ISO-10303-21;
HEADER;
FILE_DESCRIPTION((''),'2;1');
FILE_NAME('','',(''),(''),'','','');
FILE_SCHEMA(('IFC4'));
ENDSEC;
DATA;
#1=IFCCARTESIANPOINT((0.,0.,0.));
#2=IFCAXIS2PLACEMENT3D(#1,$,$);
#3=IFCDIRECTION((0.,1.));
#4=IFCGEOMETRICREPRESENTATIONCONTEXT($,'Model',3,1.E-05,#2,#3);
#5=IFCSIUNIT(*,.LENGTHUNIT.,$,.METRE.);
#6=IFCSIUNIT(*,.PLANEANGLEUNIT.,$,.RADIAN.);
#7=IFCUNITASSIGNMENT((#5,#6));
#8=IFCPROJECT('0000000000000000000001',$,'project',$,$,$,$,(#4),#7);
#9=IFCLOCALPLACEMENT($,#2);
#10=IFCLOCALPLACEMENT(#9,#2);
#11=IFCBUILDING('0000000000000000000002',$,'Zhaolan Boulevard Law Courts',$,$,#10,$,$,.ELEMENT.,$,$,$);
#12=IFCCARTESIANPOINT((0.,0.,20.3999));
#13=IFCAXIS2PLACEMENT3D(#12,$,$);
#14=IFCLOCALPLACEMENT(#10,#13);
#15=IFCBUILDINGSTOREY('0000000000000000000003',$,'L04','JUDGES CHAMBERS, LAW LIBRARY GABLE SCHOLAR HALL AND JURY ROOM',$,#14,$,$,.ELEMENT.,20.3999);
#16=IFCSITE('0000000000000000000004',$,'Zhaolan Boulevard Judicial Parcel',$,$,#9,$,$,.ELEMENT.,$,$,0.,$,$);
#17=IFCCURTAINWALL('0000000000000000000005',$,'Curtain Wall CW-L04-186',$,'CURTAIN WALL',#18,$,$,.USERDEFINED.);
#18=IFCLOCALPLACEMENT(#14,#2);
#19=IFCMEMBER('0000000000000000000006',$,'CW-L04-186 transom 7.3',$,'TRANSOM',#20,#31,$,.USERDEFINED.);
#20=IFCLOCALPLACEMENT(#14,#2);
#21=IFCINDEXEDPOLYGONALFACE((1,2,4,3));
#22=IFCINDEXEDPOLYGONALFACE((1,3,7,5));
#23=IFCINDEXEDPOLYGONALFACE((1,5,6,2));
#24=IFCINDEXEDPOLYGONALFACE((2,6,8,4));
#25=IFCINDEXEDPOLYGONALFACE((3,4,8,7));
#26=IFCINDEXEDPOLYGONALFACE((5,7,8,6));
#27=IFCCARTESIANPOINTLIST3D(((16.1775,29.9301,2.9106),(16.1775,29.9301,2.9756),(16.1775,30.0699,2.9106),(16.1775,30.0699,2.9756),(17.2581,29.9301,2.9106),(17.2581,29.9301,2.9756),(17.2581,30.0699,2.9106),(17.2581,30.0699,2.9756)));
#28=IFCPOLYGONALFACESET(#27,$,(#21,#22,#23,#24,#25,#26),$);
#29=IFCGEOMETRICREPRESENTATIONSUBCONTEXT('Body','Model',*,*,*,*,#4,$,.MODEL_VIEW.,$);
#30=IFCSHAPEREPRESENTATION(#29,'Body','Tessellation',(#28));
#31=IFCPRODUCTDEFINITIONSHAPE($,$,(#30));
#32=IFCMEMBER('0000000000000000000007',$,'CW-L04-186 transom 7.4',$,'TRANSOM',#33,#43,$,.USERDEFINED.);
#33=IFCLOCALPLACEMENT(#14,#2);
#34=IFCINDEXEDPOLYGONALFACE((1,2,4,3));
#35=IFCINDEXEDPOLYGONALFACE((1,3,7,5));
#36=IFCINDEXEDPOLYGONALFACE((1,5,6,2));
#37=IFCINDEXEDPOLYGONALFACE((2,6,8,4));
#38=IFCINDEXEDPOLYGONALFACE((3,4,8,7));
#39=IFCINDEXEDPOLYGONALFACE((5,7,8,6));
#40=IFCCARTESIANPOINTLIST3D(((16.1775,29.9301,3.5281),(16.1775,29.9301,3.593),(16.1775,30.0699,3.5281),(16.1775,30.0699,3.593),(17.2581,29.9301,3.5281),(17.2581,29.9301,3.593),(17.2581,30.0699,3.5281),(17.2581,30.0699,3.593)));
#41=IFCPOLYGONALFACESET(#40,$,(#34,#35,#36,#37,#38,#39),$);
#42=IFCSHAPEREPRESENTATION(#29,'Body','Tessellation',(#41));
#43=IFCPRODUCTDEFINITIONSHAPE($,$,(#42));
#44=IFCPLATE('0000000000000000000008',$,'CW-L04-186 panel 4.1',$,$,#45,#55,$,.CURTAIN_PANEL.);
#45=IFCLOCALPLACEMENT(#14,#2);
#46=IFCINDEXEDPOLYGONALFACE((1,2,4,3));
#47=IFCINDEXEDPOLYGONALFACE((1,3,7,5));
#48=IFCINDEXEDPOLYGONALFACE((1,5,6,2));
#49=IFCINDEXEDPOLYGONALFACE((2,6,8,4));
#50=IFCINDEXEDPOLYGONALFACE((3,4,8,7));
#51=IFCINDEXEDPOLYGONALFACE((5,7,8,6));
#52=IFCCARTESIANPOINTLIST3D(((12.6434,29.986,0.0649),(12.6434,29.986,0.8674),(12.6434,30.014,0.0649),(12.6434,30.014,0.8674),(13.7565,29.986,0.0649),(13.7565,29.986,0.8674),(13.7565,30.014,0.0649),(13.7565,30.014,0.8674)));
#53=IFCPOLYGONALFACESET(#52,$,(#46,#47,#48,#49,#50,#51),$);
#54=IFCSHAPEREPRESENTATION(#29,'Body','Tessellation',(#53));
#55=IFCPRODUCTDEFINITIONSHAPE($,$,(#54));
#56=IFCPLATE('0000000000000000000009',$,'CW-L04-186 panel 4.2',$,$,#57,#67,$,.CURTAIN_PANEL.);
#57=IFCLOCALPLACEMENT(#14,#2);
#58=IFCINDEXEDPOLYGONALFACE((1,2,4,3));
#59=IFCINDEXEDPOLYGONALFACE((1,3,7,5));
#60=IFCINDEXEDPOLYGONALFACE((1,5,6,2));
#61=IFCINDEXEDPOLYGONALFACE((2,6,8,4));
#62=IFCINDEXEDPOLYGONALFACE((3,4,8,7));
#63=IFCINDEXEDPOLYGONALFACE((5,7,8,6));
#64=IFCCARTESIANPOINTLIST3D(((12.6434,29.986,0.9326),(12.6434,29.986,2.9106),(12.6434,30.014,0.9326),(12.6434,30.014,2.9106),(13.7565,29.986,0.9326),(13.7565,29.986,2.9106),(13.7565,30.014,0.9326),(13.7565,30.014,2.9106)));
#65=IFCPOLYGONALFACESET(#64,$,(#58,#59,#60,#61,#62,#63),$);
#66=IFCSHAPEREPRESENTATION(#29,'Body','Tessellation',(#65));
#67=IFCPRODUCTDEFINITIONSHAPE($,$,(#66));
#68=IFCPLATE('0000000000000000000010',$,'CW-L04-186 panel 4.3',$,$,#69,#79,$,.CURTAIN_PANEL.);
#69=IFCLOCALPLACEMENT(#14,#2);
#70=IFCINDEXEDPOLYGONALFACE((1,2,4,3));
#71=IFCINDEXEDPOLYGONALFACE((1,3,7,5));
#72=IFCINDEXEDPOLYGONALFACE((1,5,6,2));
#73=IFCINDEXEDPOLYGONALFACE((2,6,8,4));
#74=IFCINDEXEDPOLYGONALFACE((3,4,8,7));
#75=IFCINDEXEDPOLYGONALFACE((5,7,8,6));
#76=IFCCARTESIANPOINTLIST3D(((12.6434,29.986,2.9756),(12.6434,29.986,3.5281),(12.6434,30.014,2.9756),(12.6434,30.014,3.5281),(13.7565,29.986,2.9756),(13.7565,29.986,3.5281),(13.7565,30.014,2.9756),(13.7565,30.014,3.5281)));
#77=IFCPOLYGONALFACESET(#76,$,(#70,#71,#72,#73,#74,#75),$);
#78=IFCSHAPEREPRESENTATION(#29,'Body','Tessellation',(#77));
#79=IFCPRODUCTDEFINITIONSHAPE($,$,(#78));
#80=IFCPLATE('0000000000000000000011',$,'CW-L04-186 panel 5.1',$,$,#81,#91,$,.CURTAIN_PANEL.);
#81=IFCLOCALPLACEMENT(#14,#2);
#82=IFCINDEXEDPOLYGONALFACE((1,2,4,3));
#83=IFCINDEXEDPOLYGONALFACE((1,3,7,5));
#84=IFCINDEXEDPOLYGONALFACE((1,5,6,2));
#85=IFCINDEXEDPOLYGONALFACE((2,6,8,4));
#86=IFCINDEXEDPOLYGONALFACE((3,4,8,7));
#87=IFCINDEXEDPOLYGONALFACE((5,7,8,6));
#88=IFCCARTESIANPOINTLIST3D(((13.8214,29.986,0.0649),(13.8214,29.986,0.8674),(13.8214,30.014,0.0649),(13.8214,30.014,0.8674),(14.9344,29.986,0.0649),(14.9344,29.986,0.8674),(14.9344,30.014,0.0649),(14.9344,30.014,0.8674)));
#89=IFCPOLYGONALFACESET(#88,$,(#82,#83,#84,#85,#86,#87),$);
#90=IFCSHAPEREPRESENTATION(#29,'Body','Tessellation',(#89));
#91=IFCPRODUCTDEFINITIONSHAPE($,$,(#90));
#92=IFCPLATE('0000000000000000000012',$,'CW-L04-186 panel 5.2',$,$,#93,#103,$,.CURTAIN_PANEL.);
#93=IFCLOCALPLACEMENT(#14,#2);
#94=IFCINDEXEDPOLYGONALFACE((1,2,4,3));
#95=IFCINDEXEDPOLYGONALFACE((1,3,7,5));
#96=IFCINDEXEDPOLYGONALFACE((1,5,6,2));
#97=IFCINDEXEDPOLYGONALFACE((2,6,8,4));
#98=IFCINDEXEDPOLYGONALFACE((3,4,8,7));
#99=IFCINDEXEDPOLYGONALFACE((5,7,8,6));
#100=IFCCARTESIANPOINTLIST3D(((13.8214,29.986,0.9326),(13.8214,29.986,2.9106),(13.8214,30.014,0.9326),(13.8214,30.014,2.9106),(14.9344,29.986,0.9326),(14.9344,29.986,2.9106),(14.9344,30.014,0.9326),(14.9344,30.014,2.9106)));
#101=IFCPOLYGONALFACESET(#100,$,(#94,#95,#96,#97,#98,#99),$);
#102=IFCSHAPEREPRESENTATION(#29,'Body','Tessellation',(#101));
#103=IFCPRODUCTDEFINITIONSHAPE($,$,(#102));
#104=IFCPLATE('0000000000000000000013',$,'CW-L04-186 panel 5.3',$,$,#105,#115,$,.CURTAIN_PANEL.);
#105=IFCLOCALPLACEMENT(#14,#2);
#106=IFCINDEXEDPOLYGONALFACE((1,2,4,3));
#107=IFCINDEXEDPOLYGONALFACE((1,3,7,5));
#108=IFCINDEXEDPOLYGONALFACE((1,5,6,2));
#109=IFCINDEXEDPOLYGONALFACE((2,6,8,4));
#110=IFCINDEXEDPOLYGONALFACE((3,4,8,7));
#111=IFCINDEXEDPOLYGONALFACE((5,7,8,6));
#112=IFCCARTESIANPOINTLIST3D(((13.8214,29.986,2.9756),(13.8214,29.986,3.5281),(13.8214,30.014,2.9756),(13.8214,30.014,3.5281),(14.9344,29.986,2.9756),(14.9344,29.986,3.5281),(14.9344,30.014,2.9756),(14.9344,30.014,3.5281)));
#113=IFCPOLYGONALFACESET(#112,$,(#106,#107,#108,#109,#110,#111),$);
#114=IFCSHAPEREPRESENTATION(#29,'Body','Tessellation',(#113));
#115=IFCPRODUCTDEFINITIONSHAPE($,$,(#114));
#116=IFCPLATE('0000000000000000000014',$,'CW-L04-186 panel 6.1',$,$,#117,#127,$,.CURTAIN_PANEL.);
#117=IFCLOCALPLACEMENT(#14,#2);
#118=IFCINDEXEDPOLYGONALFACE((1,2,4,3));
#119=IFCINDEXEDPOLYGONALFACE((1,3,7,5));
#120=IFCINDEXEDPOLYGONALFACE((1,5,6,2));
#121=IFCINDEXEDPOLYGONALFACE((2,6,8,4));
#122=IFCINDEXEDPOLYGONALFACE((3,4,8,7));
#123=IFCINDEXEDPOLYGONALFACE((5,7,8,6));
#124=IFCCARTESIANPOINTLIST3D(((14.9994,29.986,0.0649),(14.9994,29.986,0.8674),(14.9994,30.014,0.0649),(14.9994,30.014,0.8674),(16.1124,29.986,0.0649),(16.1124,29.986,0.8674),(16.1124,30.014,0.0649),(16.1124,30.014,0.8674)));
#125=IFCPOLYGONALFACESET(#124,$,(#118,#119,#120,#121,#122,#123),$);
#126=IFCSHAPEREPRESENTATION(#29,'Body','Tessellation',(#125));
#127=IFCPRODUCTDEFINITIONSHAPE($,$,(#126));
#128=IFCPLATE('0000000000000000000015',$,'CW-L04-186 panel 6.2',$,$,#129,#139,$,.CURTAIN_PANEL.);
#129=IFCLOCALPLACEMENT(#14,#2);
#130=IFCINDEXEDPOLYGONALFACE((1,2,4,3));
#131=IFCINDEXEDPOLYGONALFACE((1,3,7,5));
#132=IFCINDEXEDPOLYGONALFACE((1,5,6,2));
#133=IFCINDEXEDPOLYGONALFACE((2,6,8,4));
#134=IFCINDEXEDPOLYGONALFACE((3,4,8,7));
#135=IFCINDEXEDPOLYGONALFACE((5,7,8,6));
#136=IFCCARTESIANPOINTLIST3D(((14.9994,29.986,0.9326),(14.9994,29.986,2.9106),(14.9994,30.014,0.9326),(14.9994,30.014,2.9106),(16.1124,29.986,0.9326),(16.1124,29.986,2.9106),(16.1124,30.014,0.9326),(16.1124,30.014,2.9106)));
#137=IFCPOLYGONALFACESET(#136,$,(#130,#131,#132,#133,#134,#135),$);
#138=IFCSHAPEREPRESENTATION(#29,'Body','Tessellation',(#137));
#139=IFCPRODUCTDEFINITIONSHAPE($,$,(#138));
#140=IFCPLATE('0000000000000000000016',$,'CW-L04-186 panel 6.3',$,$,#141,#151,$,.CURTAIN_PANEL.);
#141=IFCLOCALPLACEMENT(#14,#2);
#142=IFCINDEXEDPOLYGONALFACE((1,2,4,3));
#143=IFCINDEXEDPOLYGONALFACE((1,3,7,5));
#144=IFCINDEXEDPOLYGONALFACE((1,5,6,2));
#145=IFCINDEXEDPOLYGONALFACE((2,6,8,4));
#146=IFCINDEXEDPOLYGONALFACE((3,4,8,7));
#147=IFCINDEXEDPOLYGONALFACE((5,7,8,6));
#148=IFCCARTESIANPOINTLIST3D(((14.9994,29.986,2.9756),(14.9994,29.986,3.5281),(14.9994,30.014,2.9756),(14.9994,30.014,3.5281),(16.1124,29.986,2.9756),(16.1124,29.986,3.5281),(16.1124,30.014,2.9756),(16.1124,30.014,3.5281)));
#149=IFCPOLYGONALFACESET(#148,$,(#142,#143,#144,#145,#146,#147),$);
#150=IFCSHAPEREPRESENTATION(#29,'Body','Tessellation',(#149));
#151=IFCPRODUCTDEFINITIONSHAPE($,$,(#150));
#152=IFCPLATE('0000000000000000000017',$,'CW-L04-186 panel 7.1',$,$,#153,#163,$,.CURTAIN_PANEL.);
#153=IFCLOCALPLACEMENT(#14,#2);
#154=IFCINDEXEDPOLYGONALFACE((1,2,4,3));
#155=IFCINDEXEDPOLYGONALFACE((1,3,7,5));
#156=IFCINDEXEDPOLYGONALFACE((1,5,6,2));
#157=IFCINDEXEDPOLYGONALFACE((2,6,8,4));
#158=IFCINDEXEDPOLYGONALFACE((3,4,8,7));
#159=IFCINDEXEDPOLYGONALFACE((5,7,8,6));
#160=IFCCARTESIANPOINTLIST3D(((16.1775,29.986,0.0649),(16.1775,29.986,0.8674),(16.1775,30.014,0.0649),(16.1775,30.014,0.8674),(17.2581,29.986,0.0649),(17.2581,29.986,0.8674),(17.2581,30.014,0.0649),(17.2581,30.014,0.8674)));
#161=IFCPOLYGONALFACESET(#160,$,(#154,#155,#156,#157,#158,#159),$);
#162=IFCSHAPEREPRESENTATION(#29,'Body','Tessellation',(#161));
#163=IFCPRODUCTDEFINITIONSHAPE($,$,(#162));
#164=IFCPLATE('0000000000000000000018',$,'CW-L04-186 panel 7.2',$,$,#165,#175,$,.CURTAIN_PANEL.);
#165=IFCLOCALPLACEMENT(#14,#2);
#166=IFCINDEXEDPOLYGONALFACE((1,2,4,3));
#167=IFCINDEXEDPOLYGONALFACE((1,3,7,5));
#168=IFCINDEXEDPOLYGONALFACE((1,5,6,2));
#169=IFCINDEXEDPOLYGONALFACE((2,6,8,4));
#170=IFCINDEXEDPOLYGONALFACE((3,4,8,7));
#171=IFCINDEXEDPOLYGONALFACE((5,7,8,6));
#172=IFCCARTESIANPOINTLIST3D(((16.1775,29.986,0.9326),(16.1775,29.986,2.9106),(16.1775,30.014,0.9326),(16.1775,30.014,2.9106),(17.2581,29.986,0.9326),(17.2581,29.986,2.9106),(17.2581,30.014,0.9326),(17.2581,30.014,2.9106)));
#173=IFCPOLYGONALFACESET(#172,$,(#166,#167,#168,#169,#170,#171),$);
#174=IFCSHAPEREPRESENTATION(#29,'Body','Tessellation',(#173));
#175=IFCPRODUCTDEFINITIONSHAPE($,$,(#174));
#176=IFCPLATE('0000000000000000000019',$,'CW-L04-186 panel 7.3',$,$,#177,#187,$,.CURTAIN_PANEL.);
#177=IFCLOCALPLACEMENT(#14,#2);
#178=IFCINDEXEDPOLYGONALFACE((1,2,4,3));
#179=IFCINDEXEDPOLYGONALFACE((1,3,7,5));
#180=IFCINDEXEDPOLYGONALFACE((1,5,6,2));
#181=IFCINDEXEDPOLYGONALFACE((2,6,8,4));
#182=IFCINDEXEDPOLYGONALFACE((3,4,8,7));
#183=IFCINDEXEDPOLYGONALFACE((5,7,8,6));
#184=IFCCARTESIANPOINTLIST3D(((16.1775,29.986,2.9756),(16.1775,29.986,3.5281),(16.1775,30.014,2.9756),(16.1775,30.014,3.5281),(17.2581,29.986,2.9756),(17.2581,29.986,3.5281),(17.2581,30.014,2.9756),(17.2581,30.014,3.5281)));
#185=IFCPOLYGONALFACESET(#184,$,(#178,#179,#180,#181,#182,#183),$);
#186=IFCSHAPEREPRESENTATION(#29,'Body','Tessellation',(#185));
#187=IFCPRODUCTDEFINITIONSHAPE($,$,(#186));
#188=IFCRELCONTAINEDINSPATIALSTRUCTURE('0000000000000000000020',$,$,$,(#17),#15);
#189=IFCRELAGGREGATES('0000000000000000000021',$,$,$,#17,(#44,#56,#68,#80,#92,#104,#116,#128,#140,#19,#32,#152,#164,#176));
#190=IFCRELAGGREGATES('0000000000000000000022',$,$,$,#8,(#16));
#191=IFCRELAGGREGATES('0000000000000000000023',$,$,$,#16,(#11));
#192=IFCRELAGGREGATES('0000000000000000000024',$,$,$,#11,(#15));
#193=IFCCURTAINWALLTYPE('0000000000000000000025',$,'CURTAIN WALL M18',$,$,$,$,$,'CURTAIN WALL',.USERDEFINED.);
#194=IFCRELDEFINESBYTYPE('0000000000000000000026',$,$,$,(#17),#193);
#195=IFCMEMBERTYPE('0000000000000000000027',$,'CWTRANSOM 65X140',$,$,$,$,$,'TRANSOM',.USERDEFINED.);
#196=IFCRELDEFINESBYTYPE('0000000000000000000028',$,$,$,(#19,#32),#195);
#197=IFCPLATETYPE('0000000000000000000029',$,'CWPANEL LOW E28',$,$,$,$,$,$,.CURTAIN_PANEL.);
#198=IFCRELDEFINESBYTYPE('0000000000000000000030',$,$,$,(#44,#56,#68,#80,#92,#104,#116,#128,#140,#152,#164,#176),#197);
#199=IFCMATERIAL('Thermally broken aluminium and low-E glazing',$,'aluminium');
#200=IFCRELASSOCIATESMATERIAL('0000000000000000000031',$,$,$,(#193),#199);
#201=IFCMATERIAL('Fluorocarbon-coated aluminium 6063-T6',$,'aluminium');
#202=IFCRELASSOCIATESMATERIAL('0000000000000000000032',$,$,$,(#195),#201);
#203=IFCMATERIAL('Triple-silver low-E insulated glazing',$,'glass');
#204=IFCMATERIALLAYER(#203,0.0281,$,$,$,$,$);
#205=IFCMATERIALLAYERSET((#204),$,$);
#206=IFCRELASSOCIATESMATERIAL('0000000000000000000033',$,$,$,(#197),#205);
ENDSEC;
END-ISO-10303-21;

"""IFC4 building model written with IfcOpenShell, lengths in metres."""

from ifc_helpers import new_model, si_unit, direction, frame, origin, origin_2d, place, context, subcontext, project, spatial, rectangle, extrude, material, layer, layer_set, material_profile, profile_set, type_object, element, aggregate, save


model = new_model("IFC4")

# Units and contexts
model_context = context("Model", 3, precision=1e-05, world=origin(), true_north=direction((0.0, 1.0)))
body_context = subcontext(model_context, "Body", "Model", "MODEL_VIEW")
ifc_project = project(units=[si_unit("LENGTHUNIT", "METRE"), si_unit("PLANEANGLEUNIT", "RADIAN")], contexts=[model_context])

# Site, building, storey
site_placement = place(None, origin())
site = spatial("IfcSite", under=ifc_project, at=site_placement, Name="Zhaolan Boulevard Judicial Parcel", CompositionType="ELEMENT", RefElevation=0.0)
building_placement = place(site_placement, origin())
building = spatial("IfcBuilding", under=site, at=building_placement, Name="Zhaolan Boulevard Law Courts", CompositionType="ELEMENT")
storey_placement = place(building_placement, frame((0.0, 0.0, 20.3999)))
storey = spatial("IfcBuildingStorey", under=building, at=storey_placement, Name="L04", Description="JUDGES CHAMBERS, LAW LIBRARY GABLE SCHOLAR HALL AND JURY ROOM", CompositionType="ELEMENT", Elevation=20.3999)

# Curtain wall, members, plates
ifc_material_1 = material(Name="Thermally broken aluminium and low-E glazing", Category="aluminium")
curtain_wall_type = type_object("IfcCurtainWallType", Name="CURTAIN WALL M18", ElementType="CURTAIN WALL", PredefinedType="USERDEFINED", material=ifc_material_1)
curtain_wall_placement = place(storey_placement, origin())
curtain_wall = element("IfcCurtainWall", 1, at=curtain_wall_placement, inside=storey, type_object=curtain_wall_type, Name="Curtain Wall CW-L04-186", ObjectType="CURTAIN WALL", PredefinedType="USERDEFINED")
ifc_material_2 = material(Name="Fluorocarbon-coated aluminium 6063-T6", Category="aluminium")
ifc_material_profile_1 = material_profile(ifc_material_2, rectangle(XDim=0.1399, YDim=0.0649, at=origin_2d()), Name="AL65x140")
ifc_profile_set_1 = profile_set([ifc_material_profile_1], Name="Fluorocarbon-coated aluminium 6063-T6")
member_type_1 = type_object("IfcMemberType", Name="CWTRANSOM 65X140", ElementType="TRANSOM", PredefinedType="USERDEFINED", material=ifc_profile_set_1)
member_1_placement = place(storey_placement, frame((16.1775, 30.0, 2.9431), z_axis=(1.0, 0.0, 0.0), x_axis=(0.0, 1.0, 0.0)))
member_1 = element("IfcMember", 2, at=member_1_placement, type_object=member_type_1, Name="CW-L04-186 transom 7.3", ObjectType="TRANSOM", PredefinedType="USERDEFINED", context=body_context, shape_type="SweptSolid", body=[
    extrude(rectangle(XDim=0.1399, YDim=0.0649, at=origin_2d()), origin(), (0.0, 0.0, 1.0), 1.0806),
])
member_2_placement = place(storey_placement, frame((16.1775, 30.0, 3.5605), z_axis=(1.0, 0.0, 0.0), x_axis=(0.0, 1.0, 0.0)))
member_2 = element("IfcMember", 3, at=member_2_placement, type_object=member_type_1, Name="CW-L04-186 transom 7.4", ObjectType="TRANSOM", PredefinedType="USERDEFINED", context=body_context, shape_type="SweptSolid", body=[
    extrude(rectangle(XDim=0.1399, YDim=0.0649, at=origin_2d()), origin(), (0.0, 0.0, 1.0), 1.0806),
])
ifc_material_3 = material(Name="Triple-silver low-E insulated glazing", Category="glass")
ifc_layer = layer(ifc_material_3, 0.0281)
ifc_layer_set = layer_set([ifc_layer])
plate_type = type_object("IfcPlateType", Name="CWPANEL LOW E28", PredefinedType="CURTAIN_PANEL", material=ifc_layer_set)
plate_1_placement = place(storey_placement, frame((13.2, 30.0, 0.0649), z_axis=(0.0, 0.0, 1.0), x_axis=(1.0, 0.0, 0.0)))
plate_1 = element("IfcPlate", 4, at=plate_1_placement, type_object=plate_type, Name="CW-L04-186 panel 4.1", PredefinedType="CURTAIN_PANEL", context=body_context, shape_type="SweptSolid", body=[
    extrude(rectangle(XDim=1.113, YDim=0.0281, at=origin_2d()), origin(), (0.0, 0.0, 1.0), 0.8025),
])
plate_2_placement = place(storey_placement, frame((13.2, 30.0, 0.9326), z_axis=(0.0, 0.0, 1.0), x_axis=(1.0, 0.0, 0.0)))
plate_2 = element("IfcPlate", 5, at=plate_2_placement, type_object=plate_type, Name="CW-L04-186 panel 4.2", PredefinedType="CURTAIN_PANEL", context=body_context, shape_type="SweptSolid", body=[
    extrude(rectangle(XDim=1.113, YDim=0.0281, at=origin_2d()), origin(), (0.0, 0.0, 1.0), 1.978),
])
plate_3_placement = place(storey_placement, frame((13.2, 30.0, 2.9756), z_axis=(0.0, 0.0, 1.0), x_axis=(1.0, 0.0, 0.0)))
plate_3 = element("IfcPlate", 6, at=plate_3_placement, type_object=plate_type, Name="CW-L04-186 panel 4.3", PredefinedType="CURTAIN_PANEL", context=body_context, shape_type="SweptSolid", body=[
    extrude(rectangle(XDim=1.113, YDim=0.0281, at=origin_2d()), origin(), (0.0, 0.0, 1.0), 0.5525),
])
plate_4_placement = place(storey_placement, frame((14.3779, 30.0, 0.0649), z_axis=(0.0, 0.0, 1.0), x_axis=(1.0, 0.0, 0.0)))
plate_4 = element("IfcPlate", 7, at=plate_4_placement, type_object=plate_type, Name="CW-L04-186 panel 5.1", PredefinedType="CURTAIN_PANEL", context=body_context, shape_type="SweptSolid", body=[
    extrude(rectangle(XDim=1.113, YDim=0.0281, at=origin_2d()), origin(), (0.0, 0.0, 1.0), 0.8025),
])
plate_5_placement = place(storey_placement, frame((14.3779, 30.0, 0.9326), z_axis=(0.0, 0.0, 1.0), x_axis=(1.0, 0.0, 0.0)))
plate_5 = element("IfcPlate", 8, at=plate_5_placement, type_object=plate_type, Name="CW-L04-186 panel 5.2", PredefinedType="CURTAIN_PANEL", context=body_context, shape_type="SweptSolid", body=[
    extrude(rectangle(XDim=1.113, YDim=0.0281, at=origin_2d()), origin(), (0.0, 0.0, 1.0), 1.978),
])
plate_6_placement = place(storey_placement, frame((14.3779, 30.0, 2.9756), z_axis=(0.0, 0.0, 1.0), x_axis=(1.0, 0.0, 0.0)))
plate_6 = element("IfcPlate", 9, at=plate_6_placement, type_object=plate_type, Name="CW-L04-186 panel 5.3", PredefinedType="CURTAIN_PANEL", context=body_context, shape_type="SweptSolid", body=[
    extrude(rectangle(XDim=1.113, YDim=0.0281, at=origin_2d()), origin(), (0.0, 0.0, 1.0), 0.5525),
])
plate_7_placement = place(storey_placement, frame((15.5559, 30.0, 0.0649), z_axis=(0.0, 0.0, 1.0), x_axis=(1.0, 0.0, 0.0)))
plate_7 = element("IfcPlate", 10, at=plate_7_placement, type_object=plate_type, Name="CW-L04-186 panel 6.1", PredefinedType="CURTAIN_PANEL", context=body_context, shape_type="SweptSolid", body=[
    extrude(rectangle(XDim=1.113, YDim=0.0281, at=origin_2d()), origin(), (0.0, 0.0, 1.0), 0.8025),
])
plate_8_placement = place(storey_placement, frame((15.5559, 30.0, 0.9326), z_axis=(0.0, 0.0, 1.0), x_axis=(1.0, 0.0, 0.0)))
plate_8 = element("IfcPlate", 11, at=plate_8_placement, type_object=plate_type, Name="CW-L04-186 panel 6.2", PredefinedType="CURTAIN_PANEL", context=body_context, shape_type="SweptSolid", body=[
    extrude(rectangle(XDim=1.113, YDim=0.0281, at=origin_2d()), origin(), (0.0, 0.0, 1.0), 1.978),
])
plate_9_placement = place(storey_placement, frame((15.5559, 30.0, 2.9756), z_axis=(0.0, 0.0, 1.0), x_axis=(1.0, 0.0, 0.0)))
plate_9 = element("IfcPlate", 12, at=plate_9_placement, type_object=plate_type, Name="CW-L04-186 panel 6.3", PredefinedType="CURTAIN_PANEL", context=body_context, shape_type="SweptSolid", body=[
    extrude(rectangle(XDim=1.113, YDim=0.0281, at=origin_2d()), origin(), (0.0, 0.0, 1.0), 0.5525),
])
plate_10_placement = place(storey_placement, frame((16.7178, 30.0, 0.0649), z_axis=(0.0, 0.0, 1.0), x_axis=(1.0, 0.0, 0.0)))
plate_10 = element("IfcPlate", 13, at=plate_10_placement, type_object=plate_type, Name="CW-L04-186 panel 7.1", PredefinedType="CURTAIN_PANEL", context=body_context, shape_type="SweptSolid", body=[
    extrude(rectangle(XDim=1.0806, YDim=0.0281, at=origin_2d()), origin(), (0.0, 0.0, 1.0), 0.8025),
])
plate_11_placement = place(storey_placement, frame((16.7178, 30.0, 0.9326), z_axis=(0.0, 0.0, 1.0), x_axis=(1.0, 0.0, 0.0)))
plate_11 = element("IfcPlate", 14, at=plate_11_placement, type_object=plate_type, Name="CW-L04-186 panel 7.2", PredefinedType="CURTAIN_PANEL", context=body_context, shape_type="SweptSolid", body=[
    extrude(rectangle(XDim=1.0806, YDim=0.0281, at=origin_2d()), origin(), (0.0, 0.0, 1.0), 1.978),
])
plate_12_placement = place(storey_placement, frame((16.7178, 30.0, 2.9756), z_axis=(0.0, 0.0, 1.0), x_axis=(1.0, 0.0, 0.0)))
plate_12 = element("IfcPlate", 15, at=plate_12_placement, type_object=plate_type, Name="CW-L04-186 panel 7.3", PredefinedType="CURTAIN_PANEL", context=body_context, shape_type="SweptSolid", body=[
    extrude(rectangle(XDim=1.0806, YDim=0.0281, at=origin_2d()), origin(), (0.0, 0.0, 1.0), 0.5525),
])
aggregate(curtain_wall, [plate_1, plate_2, plate_3, plate_4, plate_5, plate_6, plate_7, plate_8, plate_9, member_1, member_2, plate_10, plate_11, plate_12])

save(model, "model.ifc")
